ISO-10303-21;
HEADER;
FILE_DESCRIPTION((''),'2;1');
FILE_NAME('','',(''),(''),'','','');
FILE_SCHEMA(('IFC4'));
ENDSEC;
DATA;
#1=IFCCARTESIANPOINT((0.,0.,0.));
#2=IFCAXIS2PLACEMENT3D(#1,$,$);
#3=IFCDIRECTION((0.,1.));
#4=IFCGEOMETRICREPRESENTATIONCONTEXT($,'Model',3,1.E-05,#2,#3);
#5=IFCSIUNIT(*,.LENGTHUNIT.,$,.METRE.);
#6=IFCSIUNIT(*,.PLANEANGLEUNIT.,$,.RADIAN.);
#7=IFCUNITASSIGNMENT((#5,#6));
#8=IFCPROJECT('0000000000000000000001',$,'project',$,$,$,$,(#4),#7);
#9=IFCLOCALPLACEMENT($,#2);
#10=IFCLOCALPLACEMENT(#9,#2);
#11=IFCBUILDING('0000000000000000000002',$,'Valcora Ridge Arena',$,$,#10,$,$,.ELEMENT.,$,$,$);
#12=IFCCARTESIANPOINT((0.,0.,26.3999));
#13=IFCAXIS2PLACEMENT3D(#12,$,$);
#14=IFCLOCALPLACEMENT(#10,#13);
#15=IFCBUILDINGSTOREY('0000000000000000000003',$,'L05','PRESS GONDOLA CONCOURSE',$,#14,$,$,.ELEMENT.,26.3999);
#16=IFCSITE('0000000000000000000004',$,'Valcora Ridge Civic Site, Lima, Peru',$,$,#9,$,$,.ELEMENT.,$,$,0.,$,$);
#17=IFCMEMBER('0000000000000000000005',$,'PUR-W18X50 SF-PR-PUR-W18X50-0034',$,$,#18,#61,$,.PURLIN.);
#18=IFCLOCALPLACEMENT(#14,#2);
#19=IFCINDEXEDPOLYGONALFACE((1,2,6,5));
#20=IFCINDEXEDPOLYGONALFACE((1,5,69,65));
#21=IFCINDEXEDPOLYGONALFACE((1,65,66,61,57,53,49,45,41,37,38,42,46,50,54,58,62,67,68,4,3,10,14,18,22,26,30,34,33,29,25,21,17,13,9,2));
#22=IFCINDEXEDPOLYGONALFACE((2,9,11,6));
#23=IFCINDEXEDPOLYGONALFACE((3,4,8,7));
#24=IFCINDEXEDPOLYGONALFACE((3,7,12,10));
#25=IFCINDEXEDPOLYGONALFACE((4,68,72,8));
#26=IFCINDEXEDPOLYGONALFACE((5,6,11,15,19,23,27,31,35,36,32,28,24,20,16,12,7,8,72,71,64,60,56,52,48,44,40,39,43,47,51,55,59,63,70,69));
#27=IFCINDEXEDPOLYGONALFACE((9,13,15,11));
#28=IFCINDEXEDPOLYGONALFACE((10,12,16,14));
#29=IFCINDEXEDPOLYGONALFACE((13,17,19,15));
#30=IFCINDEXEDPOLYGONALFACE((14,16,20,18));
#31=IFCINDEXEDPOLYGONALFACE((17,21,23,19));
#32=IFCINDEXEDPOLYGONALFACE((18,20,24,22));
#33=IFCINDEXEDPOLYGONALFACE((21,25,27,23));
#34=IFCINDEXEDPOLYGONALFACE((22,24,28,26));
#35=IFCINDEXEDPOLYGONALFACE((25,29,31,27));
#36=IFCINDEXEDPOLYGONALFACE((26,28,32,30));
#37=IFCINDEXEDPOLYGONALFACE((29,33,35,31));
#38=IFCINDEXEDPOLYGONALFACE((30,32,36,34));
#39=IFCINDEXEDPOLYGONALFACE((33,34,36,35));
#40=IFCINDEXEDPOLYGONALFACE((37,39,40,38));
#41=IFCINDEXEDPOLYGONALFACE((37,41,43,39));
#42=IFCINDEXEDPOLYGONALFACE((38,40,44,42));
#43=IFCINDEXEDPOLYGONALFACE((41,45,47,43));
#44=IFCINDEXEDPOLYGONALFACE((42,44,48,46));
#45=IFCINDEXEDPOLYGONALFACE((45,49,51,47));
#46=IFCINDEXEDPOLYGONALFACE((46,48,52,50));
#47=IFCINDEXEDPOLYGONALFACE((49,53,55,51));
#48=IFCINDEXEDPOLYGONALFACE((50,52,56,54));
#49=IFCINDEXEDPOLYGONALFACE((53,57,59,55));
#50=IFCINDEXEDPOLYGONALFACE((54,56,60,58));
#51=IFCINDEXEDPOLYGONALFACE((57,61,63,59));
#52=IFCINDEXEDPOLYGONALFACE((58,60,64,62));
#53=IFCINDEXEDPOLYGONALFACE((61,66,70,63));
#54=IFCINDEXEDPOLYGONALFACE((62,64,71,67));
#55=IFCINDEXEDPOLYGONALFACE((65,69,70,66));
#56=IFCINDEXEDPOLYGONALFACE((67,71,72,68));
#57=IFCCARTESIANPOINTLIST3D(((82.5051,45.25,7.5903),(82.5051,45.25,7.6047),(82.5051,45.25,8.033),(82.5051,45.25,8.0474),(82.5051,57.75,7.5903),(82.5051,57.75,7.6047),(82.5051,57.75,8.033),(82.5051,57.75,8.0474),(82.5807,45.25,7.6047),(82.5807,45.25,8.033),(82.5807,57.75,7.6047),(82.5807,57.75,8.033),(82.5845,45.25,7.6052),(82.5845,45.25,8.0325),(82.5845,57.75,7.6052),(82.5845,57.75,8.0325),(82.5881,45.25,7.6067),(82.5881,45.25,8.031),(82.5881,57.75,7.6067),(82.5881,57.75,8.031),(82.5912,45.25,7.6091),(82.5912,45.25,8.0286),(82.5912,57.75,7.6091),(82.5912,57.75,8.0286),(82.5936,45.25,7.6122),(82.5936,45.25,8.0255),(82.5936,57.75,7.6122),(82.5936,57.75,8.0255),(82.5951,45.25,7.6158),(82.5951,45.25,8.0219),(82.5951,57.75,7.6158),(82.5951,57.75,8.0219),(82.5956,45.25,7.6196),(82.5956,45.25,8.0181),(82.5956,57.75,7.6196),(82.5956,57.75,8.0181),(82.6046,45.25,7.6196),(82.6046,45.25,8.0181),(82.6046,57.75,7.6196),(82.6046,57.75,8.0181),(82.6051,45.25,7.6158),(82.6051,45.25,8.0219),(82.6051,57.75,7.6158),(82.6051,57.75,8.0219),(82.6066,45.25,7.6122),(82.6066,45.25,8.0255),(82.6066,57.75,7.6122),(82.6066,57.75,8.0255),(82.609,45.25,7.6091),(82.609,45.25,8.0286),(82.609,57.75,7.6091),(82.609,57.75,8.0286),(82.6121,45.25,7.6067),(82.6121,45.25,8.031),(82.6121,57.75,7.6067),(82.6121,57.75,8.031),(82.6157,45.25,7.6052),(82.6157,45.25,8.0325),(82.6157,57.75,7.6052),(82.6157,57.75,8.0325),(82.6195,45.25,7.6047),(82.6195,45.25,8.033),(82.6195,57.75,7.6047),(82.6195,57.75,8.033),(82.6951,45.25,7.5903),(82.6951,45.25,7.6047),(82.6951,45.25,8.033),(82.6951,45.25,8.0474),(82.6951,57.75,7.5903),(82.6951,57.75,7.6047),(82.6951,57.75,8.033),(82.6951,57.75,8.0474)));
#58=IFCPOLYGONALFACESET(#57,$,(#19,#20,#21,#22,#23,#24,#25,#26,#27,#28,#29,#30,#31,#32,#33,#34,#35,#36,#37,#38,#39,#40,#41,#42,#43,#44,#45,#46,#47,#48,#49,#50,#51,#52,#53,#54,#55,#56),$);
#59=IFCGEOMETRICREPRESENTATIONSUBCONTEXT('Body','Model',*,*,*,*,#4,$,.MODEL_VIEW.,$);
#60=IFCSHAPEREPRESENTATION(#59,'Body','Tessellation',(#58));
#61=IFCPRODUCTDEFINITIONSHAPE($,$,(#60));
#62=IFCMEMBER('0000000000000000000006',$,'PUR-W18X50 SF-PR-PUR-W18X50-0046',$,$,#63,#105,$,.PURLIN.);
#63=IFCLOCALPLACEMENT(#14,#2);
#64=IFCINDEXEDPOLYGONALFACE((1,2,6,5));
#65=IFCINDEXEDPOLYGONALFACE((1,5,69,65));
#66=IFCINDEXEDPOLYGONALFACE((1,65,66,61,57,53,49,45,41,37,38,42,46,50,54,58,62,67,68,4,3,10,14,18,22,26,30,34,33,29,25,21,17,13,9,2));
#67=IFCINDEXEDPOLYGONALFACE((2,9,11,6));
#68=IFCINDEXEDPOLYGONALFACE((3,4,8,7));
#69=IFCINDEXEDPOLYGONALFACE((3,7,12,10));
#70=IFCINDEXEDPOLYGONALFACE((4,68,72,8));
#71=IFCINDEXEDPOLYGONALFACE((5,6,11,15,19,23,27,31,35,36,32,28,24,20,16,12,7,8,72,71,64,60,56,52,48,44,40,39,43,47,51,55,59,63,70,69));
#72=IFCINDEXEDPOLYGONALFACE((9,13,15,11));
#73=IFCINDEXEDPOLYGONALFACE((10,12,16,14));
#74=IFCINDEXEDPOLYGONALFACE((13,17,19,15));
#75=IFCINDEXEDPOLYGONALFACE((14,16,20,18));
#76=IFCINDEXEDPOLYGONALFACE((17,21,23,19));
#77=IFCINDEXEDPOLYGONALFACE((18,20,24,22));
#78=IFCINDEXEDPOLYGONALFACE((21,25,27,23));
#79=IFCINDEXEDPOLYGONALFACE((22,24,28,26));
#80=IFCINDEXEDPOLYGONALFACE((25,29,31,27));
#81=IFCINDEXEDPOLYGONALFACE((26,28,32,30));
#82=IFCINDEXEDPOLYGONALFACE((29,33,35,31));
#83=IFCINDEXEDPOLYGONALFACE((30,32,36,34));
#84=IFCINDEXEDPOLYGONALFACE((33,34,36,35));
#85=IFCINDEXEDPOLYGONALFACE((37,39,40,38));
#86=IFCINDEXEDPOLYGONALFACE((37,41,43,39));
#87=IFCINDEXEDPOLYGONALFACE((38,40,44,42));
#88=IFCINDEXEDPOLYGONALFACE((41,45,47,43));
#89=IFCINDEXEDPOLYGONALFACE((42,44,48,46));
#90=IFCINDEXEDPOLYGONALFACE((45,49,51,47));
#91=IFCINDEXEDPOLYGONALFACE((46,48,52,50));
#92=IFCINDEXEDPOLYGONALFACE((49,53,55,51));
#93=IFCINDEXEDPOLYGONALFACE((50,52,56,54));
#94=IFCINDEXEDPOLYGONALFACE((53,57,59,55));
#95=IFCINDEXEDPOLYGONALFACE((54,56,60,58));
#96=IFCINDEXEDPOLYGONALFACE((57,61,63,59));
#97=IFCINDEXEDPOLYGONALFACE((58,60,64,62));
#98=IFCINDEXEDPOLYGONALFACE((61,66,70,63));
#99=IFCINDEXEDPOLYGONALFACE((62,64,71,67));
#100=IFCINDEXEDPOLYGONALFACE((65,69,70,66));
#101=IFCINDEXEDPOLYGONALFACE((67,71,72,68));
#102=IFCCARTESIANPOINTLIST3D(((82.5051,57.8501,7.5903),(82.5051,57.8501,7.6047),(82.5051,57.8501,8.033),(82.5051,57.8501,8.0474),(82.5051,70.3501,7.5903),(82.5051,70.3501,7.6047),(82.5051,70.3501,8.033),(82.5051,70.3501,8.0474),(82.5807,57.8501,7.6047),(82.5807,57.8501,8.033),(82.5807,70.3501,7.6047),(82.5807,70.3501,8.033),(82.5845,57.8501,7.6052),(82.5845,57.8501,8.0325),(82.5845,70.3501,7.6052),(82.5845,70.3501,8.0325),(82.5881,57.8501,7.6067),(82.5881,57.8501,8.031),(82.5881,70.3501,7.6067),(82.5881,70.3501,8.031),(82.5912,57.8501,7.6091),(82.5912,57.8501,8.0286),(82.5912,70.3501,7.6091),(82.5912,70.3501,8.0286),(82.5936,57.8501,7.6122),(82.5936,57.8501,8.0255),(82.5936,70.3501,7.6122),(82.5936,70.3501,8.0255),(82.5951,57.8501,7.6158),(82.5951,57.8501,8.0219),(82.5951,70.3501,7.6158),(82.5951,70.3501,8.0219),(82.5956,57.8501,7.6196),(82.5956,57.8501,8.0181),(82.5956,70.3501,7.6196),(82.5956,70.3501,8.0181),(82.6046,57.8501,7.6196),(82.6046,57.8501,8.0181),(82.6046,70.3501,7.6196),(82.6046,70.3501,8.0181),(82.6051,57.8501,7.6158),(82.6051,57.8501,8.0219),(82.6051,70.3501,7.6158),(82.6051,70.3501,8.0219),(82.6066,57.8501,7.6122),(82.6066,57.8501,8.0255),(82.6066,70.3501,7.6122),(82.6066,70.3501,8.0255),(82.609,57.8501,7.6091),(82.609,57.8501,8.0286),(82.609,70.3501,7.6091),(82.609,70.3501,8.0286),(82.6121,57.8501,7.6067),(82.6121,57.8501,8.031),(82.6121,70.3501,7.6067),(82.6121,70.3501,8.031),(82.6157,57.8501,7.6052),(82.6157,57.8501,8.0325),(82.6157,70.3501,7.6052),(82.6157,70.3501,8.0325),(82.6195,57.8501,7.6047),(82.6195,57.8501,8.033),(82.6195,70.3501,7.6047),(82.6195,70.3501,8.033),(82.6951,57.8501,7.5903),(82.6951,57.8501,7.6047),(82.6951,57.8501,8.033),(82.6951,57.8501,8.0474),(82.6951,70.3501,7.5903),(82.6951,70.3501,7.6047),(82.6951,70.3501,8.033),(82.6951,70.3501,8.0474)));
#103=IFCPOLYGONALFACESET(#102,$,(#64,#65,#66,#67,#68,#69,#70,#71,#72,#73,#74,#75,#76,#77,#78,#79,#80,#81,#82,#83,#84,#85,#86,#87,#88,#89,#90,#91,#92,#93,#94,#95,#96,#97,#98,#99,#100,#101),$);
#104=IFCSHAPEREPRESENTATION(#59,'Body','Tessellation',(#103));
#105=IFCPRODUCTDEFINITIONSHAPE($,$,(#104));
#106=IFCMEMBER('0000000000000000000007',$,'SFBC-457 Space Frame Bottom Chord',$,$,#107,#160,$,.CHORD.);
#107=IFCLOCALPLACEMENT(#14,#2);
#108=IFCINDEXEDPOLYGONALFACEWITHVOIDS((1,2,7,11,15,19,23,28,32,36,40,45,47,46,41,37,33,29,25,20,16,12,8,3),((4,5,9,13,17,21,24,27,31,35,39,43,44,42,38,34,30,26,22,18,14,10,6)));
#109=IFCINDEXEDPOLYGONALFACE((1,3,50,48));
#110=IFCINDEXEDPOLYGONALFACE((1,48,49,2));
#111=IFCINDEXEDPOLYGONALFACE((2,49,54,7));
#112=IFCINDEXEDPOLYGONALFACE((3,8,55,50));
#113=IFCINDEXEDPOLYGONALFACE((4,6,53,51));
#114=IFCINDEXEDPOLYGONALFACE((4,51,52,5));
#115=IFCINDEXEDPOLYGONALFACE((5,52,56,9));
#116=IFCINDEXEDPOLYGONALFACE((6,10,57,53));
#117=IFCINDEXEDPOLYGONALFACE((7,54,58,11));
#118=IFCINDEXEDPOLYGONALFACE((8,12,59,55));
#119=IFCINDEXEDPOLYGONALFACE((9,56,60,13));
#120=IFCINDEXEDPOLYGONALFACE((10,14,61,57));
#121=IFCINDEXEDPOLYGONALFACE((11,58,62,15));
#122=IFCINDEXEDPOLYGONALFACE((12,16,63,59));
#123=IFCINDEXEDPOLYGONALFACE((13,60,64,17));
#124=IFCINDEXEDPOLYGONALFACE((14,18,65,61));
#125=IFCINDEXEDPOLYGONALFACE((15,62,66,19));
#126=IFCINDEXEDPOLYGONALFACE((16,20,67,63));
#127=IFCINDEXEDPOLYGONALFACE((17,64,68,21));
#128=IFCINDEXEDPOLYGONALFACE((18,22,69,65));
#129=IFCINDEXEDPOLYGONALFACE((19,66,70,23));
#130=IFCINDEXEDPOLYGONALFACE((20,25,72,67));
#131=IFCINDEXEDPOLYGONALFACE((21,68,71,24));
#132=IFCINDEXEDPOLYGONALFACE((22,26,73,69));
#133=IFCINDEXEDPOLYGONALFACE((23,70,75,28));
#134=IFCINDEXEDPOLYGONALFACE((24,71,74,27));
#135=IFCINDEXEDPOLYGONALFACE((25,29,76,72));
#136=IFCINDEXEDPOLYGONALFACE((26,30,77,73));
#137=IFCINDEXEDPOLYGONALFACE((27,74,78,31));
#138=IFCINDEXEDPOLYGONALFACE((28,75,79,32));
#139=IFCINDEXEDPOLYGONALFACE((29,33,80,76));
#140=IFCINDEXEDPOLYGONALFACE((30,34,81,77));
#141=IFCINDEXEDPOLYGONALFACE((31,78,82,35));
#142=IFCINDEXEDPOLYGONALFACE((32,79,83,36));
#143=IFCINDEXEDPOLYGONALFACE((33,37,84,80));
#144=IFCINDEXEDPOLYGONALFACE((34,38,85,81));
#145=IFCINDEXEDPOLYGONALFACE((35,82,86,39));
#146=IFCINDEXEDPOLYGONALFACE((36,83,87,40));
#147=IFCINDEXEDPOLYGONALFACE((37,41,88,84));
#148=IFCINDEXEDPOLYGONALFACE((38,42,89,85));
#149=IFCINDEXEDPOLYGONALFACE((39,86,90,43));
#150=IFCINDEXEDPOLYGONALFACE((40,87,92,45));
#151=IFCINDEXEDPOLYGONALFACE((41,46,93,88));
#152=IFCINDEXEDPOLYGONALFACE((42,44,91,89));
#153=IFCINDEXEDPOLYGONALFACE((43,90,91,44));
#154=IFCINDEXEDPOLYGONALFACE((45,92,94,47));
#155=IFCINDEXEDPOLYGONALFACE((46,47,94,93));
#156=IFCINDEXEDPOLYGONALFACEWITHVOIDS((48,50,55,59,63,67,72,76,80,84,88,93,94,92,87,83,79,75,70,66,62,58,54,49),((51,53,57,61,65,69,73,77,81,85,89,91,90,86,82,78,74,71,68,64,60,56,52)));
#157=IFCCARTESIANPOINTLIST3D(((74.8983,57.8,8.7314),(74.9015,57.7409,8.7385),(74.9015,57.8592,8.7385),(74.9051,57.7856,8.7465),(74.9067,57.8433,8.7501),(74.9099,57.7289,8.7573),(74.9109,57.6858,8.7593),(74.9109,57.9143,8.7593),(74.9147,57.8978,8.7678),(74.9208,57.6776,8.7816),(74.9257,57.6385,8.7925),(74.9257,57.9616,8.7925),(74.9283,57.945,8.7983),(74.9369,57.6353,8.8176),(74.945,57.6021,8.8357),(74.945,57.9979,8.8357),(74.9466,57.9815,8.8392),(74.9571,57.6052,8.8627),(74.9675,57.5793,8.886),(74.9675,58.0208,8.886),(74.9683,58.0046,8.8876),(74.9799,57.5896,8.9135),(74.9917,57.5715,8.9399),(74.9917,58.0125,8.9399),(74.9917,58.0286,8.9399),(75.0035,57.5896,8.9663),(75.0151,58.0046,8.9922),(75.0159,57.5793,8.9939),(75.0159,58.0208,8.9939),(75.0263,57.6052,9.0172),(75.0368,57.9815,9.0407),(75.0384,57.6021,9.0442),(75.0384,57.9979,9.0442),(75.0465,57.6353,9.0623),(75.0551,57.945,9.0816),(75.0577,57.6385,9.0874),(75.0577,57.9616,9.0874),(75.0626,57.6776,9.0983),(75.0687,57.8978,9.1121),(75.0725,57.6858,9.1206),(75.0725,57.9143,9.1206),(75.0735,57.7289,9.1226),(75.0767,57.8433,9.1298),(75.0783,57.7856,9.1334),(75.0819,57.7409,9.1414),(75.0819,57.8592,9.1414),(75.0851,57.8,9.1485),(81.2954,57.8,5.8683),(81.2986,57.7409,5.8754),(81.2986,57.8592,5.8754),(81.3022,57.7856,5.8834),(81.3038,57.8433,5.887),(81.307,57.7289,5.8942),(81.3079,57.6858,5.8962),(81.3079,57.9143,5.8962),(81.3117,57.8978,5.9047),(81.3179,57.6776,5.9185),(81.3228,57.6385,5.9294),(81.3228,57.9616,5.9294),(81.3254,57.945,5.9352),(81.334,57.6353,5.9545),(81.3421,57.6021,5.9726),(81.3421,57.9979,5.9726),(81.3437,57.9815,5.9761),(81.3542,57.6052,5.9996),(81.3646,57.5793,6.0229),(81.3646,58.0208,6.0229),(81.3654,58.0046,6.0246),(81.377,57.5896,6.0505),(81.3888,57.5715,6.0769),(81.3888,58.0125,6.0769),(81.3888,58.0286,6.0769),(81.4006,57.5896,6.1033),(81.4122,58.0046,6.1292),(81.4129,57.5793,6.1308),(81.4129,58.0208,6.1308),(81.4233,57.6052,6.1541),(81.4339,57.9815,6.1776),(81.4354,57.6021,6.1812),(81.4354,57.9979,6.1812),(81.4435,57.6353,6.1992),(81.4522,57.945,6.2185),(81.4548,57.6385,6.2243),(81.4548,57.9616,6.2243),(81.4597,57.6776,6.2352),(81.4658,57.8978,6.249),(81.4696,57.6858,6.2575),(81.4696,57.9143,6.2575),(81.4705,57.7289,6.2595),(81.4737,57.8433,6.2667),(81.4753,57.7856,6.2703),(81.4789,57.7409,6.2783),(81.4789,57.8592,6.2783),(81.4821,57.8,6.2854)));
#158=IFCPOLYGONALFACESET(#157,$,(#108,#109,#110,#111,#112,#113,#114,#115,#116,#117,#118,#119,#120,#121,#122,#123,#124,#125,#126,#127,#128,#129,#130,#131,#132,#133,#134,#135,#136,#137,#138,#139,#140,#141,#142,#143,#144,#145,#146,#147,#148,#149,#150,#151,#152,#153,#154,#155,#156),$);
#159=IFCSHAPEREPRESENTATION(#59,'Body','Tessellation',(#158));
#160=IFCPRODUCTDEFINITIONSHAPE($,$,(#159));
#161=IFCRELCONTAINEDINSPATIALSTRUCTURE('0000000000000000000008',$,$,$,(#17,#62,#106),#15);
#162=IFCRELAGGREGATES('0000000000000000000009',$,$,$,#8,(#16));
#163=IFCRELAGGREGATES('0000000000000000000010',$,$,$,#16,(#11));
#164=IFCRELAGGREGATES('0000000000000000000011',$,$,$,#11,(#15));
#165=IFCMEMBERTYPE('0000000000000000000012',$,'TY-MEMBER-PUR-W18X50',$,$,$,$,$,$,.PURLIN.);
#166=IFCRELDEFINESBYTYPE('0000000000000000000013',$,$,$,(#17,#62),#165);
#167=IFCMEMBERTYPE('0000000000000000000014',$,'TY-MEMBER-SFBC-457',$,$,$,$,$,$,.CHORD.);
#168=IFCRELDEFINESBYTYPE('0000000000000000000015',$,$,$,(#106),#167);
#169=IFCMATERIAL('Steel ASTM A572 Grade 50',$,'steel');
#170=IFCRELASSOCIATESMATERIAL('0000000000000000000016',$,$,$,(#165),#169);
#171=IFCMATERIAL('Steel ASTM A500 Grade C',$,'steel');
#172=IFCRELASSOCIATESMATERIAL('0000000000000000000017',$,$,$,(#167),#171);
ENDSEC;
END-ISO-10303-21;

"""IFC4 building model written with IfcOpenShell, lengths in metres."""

from ifc_helpers import new_model, si_unit, direction, frame, origin, origin_2d, place, context, subcontext, project, spatial, hollow_circle, i_section, extrude, material, material_profile, profile_set, type_object, element, save


model = new_model("IFC4")

# Units and contexts
model_context = context("Model", 3, precision=1e-05, world=origin(), true_north=direction((0.0, 1.0)))
body_context = subcontext(model_context, "Body", "Model", "MODEL_VIEW")
ifc_project = project(units=[si_unit("LENGTHUNIT", "METRE"), si_unit("PLANEANGLEUNIT", "RADIAN")], contexts=[model_context])

# Site, building, storey
site_placement = place(None, origin())
site = spatial("IfcSite", under=ifc_project, at=site_placement, Name="Valcora Ridge Civic Site, Lima, Peru", CompositionType="ELEMENT", RefElevation=0.0)
building_placement = place(site_placement, origin())
building = spatial("IfcBuilding", under=site, at=building_placement, Name="Valcora Ridge Arena", CompositionType="ELEMENT")
storey_placement = place(building_placement, frame((0.0, 0.0, 26.3999)))
storey = spatial("IfcBuildingStorey", under=building, at=storey_placement, Name="L05", Description="PRESS GONDOLA CONCOURSE", CompositionType="ELEMENT", Elevation=26.3999)

# Members
ifc_material_1 = material(Name="Steel ASTM A572 Grade 50", Category="steel")
ifc_material_profile_1 = material_profile(ifc_material_1, i_section(OverallWidth=0.1899, OverallDepth=0.457, WebThickness=0.009, FlangeThickness=0.0144, FilletRadius=0.0149, at=origin_2d()), Name="W18X50")
ifc_profile_set_1 = profile_set([ifc_material_profile_1], Name="Steel ASTM A572 Grade 50")
member_type_1 = type_object("IfcMemberType", Name="TY-MEMBER-PUR-W18X50", PredefinedType="PURLIN", material=ifc_profile_set_1)
for number, where, z_axis, x_axis, name in (
    (1, (82.6001, 45.25, 7.8188), (0.0, 1.0, 0.0), (-1.0, 0.0, 0.0), "PUR-W18X50 SF-PR-PUR-W18X50-0034"),
    (2, (82.6001, 57.8501, 7.8188), (0.0, 1.0, 0.0), (-1.0, 0.0, 0.0), "PUR-W18X50 SF-PR-PUR-W18X50-0046"),
):
    element("IfcMember", number, at=place(storey_placement, frame(where, z_axis=z_axis, x_axis=x_axis)), inside=storey, type_object=member_type_1, Name=name, PredefinedType="PURLIN", context=body_context, shape_type="SweptSolid", body=[
        extrude(i_section(OverallWidth=0.1899, OverallDepth=0.457, WebThickness=0.009, FlangeThickness=0.0144, FilletRadius=0.0149, at=origin_2d()), origin(), (0.0, 0.0, 1.0), 12.5),
    ])
ifc_material_2 = material(Name="Steel ASTM A500 Grade C", Category="steel")
ifc_material_profile_2 = material_profile(ifc_material_2, hollow_circle(Radius=0.2285, WallThickness=0.0161, at=origin_2d()), Name="CHS457X16")
ifc_profile_set_2 = profile_set([ifc_material_profile_2], Name="Steel ASTM A500 Grade C")
member_type_2 = type_object("IfcMemberType", Name="TY-MEMBER-SFBC-457", PredefinedType="CHORD", material=ifc_profile_set_2)
member_1_placement = place(storey_placement, frame((74.9917, 57.8, 8.9399), z_axis=(0.912753, 0.0, -0.408513), x_axis=(0.0, 1.0, 0.0)))
element("IfcMember", 3, at=member_1_placement, inside=storey, type_object=member_type_2, Name="SFBC-457 Space Frame Bottom Chord", PredefinedType="CHORD", context=body_context, shape_type="SweptSolid", body=[
    extrude(hollow_circle(Radius=0.2285, WallThickness=0.0161, at=origin_2d()), origin(), (0.0, 0.0, 1.0), 7.0085),
])

save(model, "model.ifc")
